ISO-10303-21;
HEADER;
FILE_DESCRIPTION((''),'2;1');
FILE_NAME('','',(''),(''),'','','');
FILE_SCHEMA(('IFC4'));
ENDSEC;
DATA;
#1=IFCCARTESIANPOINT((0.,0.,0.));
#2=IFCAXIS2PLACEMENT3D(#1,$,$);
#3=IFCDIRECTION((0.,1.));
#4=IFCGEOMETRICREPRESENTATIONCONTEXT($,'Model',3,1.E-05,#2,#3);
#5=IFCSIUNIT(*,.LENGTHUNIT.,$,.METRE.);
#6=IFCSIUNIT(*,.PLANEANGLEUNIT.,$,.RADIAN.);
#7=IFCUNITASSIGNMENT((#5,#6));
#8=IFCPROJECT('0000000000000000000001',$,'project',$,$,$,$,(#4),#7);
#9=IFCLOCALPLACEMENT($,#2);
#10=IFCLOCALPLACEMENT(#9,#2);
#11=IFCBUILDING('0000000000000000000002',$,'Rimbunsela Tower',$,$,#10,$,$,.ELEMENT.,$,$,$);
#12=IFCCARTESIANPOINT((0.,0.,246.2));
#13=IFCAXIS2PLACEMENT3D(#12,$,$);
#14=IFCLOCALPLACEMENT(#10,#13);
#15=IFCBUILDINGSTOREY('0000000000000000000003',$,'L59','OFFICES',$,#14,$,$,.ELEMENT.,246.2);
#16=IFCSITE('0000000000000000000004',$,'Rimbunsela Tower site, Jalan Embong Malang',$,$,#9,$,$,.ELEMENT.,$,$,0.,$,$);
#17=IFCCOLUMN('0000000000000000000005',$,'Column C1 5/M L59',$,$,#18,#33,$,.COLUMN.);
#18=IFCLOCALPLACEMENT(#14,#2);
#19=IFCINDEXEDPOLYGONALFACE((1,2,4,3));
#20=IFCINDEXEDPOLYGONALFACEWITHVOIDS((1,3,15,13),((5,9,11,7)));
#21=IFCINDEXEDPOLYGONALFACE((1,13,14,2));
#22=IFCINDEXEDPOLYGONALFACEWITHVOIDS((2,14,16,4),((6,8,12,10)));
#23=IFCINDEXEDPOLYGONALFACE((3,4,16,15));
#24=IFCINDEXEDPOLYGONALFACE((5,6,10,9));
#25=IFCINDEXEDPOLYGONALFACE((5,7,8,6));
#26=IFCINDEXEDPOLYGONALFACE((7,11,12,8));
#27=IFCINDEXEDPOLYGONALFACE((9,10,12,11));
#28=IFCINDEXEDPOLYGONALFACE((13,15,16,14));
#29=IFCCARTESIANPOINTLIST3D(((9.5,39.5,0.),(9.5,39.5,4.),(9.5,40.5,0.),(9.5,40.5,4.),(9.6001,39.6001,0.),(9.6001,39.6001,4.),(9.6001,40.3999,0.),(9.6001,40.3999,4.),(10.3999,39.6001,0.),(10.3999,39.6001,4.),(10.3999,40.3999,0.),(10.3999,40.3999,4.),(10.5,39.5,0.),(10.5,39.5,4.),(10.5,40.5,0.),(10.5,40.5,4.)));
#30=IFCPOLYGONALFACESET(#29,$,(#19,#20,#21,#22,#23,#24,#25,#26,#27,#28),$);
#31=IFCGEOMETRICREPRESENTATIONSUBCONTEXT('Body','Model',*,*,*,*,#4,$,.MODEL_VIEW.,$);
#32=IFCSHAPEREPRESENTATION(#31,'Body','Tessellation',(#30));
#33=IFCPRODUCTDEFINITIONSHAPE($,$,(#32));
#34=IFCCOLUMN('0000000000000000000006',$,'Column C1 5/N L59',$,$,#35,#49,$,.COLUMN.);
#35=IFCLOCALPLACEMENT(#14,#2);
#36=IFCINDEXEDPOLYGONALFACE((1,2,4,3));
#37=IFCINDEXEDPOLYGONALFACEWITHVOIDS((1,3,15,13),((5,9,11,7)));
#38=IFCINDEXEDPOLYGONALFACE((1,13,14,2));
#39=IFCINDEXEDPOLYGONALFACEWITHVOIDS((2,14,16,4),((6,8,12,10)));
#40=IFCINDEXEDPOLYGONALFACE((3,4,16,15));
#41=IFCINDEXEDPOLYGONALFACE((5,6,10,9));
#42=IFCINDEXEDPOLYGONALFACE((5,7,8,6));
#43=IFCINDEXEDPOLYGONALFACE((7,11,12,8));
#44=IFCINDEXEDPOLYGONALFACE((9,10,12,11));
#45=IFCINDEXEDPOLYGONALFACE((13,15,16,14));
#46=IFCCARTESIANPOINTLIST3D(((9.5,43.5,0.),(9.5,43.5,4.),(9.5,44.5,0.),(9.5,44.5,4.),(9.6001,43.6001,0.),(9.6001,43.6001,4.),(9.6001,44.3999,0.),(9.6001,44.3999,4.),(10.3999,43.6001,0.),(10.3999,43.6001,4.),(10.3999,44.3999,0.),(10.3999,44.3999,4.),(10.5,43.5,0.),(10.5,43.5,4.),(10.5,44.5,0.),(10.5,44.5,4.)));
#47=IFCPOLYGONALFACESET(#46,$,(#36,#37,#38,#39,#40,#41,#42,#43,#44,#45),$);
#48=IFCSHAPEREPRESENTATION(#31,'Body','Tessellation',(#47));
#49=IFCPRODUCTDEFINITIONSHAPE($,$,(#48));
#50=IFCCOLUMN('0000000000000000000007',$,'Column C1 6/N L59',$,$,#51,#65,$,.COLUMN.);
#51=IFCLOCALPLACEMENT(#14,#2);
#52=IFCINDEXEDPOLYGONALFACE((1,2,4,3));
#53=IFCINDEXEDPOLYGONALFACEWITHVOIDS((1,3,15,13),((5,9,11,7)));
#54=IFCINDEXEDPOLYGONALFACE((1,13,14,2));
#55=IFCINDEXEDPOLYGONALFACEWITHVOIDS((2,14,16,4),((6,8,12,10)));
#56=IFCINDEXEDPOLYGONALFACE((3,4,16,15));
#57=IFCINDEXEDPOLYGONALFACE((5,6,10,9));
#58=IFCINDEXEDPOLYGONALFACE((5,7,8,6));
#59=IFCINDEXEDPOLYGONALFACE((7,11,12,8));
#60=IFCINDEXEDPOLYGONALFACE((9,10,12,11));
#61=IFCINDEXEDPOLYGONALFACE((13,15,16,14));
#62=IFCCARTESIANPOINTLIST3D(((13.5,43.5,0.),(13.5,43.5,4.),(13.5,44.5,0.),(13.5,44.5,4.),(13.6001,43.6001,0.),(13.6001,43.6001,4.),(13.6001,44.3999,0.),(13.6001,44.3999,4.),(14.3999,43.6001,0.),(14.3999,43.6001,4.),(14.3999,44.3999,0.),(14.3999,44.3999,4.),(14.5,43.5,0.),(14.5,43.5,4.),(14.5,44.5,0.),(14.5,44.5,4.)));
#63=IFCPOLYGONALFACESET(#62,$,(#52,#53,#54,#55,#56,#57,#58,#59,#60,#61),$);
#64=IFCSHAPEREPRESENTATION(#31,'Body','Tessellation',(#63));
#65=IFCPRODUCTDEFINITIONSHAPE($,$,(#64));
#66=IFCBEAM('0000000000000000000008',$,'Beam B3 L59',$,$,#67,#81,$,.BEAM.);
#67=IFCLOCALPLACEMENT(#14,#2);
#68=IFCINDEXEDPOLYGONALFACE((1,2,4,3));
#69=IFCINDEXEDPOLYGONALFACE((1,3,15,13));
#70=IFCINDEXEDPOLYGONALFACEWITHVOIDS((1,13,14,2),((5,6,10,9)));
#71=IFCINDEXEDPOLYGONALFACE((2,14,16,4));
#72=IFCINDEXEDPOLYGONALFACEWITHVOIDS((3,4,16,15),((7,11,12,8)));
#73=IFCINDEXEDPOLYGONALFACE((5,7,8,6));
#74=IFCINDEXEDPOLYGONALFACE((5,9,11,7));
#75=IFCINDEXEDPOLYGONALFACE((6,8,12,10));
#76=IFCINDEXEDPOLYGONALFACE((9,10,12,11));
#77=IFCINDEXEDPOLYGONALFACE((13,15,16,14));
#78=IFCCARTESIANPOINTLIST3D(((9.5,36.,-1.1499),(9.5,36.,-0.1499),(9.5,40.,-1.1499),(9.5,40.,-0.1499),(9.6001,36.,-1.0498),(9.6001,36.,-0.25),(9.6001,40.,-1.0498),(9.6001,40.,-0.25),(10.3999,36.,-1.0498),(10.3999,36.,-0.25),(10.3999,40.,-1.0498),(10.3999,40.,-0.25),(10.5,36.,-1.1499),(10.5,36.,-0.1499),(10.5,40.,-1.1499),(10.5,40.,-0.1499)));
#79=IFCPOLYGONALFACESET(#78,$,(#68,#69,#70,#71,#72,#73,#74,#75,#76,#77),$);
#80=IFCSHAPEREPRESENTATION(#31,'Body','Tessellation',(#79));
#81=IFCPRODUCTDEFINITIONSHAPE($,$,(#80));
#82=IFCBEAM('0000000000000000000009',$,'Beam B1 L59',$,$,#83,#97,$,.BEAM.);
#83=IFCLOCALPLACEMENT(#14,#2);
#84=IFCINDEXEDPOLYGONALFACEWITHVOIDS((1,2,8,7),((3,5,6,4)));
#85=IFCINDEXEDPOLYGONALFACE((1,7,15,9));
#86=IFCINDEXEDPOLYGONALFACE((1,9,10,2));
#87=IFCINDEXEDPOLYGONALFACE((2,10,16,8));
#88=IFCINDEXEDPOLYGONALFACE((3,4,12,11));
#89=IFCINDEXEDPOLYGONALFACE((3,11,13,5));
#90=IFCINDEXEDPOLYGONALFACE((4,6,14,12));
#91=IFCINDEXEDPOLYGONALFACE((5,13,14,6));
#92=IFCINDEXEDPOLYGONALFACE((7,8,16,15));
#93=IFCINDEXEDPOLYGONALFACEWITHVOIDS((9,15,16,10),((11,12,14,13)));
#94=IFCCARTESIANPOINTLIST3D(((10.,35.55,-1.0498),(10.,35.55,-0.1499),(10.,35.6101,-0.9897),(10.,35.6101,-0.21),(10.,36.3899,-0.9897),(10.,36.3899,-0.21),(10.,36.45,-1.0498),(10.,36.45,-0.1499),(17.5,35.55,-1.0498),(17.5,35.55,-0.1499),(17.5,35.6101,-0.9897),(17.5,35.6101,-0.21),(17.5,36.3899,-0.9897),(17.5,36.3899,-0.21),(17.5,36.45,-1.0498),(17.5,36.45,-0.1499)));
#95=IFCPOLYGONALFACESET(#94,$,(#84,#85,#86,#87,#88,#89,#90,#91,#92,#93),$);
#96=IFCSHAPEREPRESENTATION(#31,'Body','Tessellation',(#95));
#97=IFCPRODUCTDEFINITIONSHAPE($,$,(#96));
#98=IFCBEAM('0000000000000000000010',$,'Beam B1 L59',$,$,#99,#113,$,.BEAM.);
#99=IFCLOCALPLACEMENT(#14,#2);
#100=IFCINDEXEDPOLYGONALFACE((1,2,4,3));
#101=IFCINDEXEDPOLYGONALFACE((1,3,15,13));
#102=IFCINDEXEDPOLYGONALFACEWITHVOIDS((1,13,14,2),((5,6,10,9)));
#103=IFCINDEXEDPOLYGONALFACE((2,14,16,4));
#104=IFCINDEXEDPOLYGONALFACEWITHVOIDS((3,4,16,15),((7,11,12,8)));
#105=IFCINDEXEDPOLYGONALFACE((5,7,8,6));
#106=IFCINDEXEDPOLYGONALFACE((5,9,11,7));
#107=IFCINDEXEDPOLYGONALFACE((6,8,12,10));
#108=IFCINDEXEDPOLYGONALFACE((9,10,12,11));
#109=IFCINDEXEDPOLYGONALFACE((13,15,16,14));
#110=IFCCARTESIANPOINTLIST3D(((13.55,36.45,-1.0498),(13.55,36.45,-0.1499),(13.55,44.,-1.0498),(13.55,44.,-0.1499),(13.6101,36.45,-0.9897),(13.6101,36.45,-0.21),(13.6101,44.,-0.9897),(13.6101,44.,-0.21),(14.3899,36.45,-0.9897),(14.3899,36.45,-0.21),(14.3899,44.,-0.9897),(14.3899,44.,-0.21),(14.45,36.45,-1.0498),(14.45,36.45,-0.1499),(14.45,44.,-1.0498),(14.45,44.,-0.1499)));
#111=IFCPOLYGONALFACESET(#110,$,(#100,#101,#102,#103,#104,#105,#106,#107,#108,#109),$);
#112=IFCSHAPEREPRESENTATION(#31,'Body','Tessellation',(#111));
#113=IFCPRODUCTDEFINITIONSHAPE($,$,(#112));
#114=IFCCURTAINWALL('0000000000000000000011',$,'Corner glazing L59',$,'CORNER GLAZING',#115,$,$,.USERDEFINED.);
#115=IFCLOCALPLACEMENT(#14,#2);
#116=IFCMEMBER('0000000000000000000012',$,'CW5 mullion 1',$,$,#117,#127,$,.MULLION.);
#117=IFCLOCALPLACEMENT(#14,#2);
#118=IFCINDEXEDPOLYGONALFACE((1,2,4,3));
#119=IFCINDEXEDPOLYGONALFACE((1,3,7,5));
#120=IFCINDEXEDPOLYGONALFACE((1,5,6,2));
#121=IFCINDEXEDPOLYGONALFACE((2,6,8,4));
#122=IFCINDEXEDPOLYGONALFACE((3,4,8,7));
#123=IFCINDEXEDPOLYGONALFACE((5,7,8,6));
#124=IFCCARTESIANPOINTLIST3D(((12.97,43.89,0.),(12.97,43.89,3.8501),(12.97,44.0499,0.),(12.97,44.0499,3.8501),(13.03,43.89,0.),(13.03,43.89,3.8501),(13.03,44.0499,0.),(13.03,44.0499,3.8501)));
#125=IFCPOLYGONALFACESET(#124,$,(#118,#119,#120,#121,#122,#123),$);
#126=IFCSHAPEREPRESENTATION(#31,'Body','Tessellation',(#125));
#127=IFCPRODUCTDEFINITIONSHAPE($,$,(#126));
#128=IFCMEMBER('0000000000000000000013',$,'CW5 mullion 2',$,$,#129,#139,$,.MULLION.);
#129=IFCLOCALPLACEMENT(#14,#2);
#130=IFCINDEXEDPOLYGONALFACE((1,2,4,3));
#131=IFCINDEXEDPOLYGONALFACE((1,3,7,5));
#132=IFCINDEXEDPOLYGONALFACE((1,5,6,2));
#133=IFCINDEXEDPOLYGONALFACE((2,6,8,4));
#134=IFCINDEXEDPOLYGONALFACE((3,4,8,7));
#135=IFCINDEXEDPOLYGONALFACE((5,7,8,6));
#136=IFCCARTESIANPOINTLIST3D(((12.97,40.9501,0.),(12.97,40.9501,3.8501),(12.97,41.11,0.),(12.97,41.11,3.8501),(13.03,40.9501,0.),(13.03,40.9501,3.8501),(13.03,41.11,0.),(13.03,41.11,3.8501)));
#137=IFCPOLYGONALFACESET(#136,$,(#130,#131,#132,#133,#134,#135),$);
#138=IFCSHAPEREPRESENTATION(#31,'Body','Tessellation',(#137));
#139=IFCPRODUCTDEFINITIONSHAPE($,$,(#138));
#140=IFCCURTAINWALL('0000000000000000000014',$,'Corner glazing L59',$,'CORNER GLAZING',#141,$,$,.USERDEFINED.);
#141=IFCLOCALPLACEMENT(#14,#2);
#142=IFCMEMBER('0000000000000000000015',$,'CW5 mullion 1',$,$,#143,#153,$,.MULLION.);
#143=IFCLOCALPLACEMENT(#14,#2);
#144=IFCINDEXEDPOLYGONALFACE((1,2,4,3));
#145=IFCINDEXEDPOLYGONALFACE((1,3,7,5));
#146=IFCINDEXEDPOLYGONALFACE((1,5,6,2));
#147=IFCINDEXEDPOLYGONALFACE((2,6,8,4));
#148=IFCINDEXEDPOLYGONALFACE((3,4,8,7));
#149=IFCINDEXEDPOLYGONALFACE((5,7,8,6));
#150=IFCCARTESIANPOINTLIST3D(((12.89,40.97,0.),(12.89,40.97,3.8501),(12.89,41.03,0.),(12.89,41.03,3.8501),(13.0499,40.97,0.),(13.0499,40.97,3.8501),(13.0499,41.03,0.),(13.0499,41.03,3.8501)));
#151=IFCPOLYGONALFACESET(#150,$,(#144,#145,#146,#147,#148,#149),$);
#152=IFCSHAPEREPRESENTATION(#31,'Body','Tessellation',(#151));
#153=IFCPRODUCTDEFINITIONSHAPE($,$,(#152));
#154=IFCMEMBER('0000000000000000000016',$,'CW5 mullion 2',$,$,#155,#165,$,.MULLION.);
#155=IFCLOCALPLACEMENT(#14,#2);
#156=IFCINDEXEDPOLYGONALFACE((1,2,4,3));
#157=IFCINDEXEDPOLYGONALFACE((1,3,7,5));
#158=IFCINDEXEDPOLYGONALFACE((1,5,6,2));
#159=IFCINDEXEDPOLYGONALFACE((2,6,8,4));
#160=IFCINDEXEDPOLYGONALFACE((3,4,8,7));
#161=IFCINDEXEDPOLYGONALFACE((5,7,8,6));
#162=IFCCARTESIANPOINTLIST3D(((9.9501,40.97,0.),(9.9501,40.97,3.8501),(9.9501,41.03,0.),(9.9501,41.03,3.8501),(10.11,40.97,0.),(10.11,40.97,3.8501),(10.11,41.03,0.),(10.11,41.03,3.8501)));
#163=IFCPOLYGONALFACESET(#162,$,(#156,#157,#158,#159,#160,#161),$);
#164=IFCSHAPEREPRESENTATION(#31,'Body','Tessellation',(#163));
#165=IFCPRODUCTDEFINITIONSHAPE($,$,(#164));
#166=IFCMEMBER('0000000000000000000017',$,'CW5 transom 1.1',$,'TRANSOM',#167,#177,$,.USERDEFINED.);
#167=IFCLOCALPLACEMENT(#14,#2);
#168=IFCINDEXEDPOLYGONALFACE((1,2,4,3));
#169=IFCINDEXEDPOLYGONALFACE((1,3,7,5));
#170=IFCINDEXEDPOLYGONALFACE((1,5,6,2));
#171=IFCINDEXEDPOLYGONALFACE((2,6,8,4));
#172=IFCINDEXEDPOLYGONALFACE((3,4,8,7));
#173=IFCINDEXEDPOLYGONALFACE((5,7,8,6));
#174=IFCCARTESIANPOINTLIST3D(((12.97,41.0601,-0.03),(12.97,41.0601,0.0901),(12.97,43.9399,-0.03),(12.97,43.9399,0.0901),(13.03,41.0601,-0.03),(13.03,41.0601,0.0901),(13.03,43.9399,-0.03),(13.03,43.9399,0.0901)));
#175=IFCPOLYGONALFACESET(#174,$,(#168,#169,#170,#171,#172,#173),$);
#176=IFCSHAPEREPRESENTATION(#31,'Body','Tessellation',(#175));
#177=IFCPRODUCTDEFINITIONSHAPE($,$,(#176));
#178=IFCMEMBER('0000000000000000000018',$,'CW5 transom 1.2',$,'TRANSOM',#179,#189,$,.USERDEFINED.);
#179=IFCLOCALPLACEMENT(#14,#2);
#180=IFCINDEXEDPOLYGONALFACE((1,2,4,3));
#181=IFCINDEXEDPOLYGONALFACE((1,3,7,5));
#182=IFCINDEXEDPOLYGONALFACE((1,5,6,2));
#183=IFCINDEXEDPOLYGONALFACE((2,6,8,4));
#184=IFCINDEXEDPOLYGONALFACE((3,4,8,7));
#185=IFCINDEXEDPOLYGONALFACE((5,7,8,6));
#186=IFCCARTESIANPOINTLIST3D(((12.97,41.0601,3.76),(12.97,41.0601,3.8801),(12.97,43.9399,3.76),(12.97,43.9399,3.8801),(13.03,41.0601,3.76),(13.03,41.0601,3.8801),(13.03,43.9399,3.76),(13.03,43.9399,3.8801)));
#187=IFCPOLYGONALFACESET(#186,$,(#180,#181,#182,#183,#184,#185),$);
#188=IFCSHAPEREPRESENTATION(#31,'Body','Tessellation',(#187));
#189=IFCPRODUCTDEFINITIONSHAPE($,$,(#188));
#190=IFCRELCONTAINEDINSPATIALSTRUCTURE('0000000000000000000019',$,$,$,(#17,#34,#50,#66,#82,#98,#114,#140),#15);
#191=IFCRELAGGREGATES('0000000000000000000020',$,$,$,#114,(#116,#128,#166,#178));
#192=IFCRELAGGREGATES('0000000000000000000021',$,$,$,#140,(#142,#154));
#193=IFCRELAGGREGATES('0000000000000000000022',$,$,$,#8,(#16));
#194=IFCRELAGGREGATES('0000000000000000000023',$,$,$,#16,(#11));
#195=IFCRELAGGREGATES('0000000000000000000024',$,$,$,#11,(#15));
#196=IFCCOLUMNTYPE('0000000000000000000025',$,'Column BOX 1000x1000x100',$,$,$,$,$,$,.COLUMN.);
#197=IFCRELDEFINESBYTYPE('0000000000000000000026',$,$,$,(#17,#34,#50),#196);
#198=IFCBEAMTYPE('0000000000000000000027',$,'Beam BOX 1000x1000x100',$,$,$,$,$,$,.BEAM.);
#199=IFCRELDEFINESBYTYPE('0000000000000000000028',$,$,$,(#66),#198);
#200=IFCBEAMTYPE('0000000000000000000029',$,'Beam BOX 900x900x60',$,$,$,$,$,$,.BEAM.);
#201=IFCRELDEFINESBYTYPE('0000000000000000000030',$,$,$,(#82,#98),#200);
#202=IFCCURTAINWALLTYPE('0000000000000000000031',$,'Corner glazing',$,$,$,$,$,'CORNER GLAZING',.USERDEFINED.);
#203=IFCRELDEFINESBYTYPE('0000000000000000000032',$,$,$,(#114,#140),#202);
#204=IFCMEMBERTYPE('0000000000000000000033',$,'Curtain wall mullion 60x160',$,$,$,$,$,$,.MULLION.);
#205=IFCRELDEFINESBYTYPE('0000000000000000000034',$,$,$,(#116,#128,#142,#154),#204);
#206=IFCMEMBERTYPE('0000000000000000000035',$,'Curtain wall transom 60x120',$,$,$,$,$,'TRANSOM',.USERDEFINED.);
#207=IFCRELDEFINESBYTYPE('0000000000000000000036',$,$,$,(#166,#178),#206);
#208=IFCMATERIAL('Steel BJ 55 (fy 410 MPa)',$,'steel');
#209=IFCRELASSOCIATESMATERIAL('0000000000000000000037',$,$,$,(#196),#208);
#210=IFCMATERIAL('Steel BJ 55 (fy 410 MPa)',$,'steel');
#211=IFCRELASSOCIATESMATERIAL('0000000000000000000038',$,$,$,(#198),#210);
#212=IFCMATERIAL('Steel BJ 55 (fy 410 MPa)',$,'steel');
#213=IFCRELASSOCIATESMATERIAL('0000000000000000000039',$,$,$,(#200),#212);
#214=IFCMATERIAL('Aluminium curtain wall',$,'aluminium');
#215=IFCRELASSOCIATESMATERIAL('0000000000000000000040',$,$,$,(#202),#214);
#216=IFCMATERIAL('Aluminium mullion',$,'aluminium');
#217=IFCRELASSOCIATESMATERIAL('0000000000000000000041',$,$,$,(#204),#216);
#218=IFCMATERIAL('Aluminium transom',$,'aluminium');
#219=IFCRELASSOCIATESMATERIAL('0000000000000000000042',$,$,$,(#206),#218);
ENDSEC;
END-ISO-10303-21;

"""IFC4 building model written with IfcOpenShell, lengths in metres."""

from ifc_helpers import new_model, si_unit, direction, frame, origin, origin_2d, place, context, subcontext, project, spatial, rectangle, hollow_rectangle, extrude, material, material_profile, profile_set, type_object, element, aggregate, save


model = new_model("IFC4")

# Units and contexts
model_context = context("Model", 3, precision=1e-05, world=origin(), true_north=direction((0.0, 1.0)))
body_context = subcontext(model_context, "Body", "Model", "MODEL_VIEW")
ifc_project = project(units=[si_unit("LENGTHUNIT", "METRE"), si_unit("PLANEANGLEUNIT", "RADIAN")], contexts=[model_context])

# Site, building, storey
site_placement = place(None, origin())
site = spatial("IfcSite", under=ifc_project, at=site_placement, Name="Rimbunsela Tower site, Jalan Embong Malang", CompositionType="ELEMENT", RefElevation=0.0)
building_placement = place(site_placement, origin())
building = spatial("IfcBuilding", under=site, at=building_placement, Name="Rimbunsela Tower", CompositionType="ELEMENT")
storey_placement = place(building_placement, frame((0.0, 0.0, 246.2)))
storey = spatial("IfcBuildingStorey", under=building, at=storey_placement, Name="L59", Description="OFFICES", CompositionType="ELEMENT", Elevation=246.2)

# Columns
ifc_material_1 = material(Name="Steel BJ 55 (fy 410 MPa)", Category="steel")
ifc_material_profile_1 = material_profile(ifc_material_1, hollow_rectangle(XDim=1.0, YDim=1.0, WallThickness=0.1001, at=origin_2d()), Name="BOX 1000x1000x100")
ifc_profile_set_1 = profile_set([ifc_material_profile_1], Name="Steel BJ 55 (fy 410 MPa)")
column_type = type_object("IfcColumnType", Name="Column BOX 1000x1000x100", PredefinedType="COLUMN", material=ifc_profile_set_1)
for number, where, z_axis, x_axis, name in (
    (1, (10.0, 40.0, 0.0), (0.0, 0.0, 1.0), (1.0, 0.0, 0.0), "Column C1 5/M L59"),
    (2, (10.0, 44.0, 0.0), (0.0, 0.0, 1.0), (1.0, 0.0, 0.0), "Column C1 5/N L59"),
    (3, (14.0, 44.0, 0.0), (0.0, 0.0, 1.0), (1.0, 0.0, 0.0), "Column C1 6/N L59"),
):
    element("IfcColumn", number, at=place(storey_placement, frame(where, z_axis=z_axis, x_axis=x_axis)), inside=storey, type_object=column_type, Name=name, PredefinedType="COLUMN", context=body_context, shape_type="SweptSolid", body=[
        extrude(hollow_rectangle(XDim=1.0, YDim=1.0, WallThickness=0.1001, at=origin_2d()), origin(), (0.0, 0.0, 1.0), 4.0),
    ])

# Beams
ifc_material_2 = material(Name="Steel BJ 55 (fy 410 MPa)", Category="steel")
ifc_material_profile_2 = material_profile(ifc_material_2, hollow_rectangle(XDim=1.0, YDim=1.0, WallThickness=0.1001, at=origin_2d()), Name="BOX 1000x1000x100")
ifc_profile_set_2 = profile_set([ifc_material_profile_2], Name="Steel BJ 55 (fy 410 MPa)")
beam_type_1 = type_object("IfcBeamType", Name="Beam BOX 1000x1000x100", PredefinedType="BEAM", material=ifc_profile_set_2)
beam_1_placement = place(storey_placement, frame((10.0, 36.0, -0.6499), z_axis=(0.0, 1.0, 0.0), x_axis=(-1.0, 0.0, 0.0)))
element("IfcBeam", 4, at=beam_1_placement, inside=storey, type_object=beam_type_1, Name="Beam B3 L59", PredefinedType="BEAM", context=body_context, shape_type="SweptSolid", body=[
    extrude(hollow_rectangle(XDim=1.0, YDim=1.0, WallThickness=0.1001, at=origin_2d()), origin(), (0.0, 0.0, 1.0), 4.0),
])
ifc_material_3 = material(Name="Steel BJ 55 (fy 410 MPa)", Category="steel")
ifc_material_profile_3 = material_profile(ifc_material_3, hollow_rectangle(XDim=0.8999, YDim=0.8999, WallThickness=0.0601, at=origin_2d()), Name="BOX 900x900x60")
ifc_profile_set_3 = profile_set([ifc_material_profile_3], Name="Steel BJ 55 (fy 410 MPa)")
beam_type_2 = type_object("IfcBeamType", Name="Beam BOX 900x900x60", PredefinedType="BEAM", material=ifc_profile_set_3)
beam_2_placement = place(storey_placement, frame((10.0, 36.0, -0.5999), z_axis=(1.0, 0.0, 0.0), x_axis=(0.0, 1.0, 0.0)))
element("IfcBeam", 5, at=beam_2_placement, inside=storey, type_object=beam_type_2, Name="Beam B1 L59", PredefinedType="BEAM", context=body_context, shape_type="SweptSolid", body=[
    extrude(hollow_rectangle(XDim=0.8999, YDim=0.8999, WallThickness=0.0601, at=origin_2d()), origin(), (0.0, 0.0, 1.0), 7.5),
])
beam_3_placement = place(storey_placement, frame((14.0, 36.45, -0.5999), z_axis=(0.0, 1.0, 0.0), x_axis=(-1.0, 0.0, 0.0)))
element("IfcBeam", 6, at=beam_3_placement, inside=storey, type_object=beam_type_2, Name="Beam B1 L59", PredefinedType="BEAM", context=body_context, shape_type="SweptSolid", body=[
    extrude(hollow_rectangle(XDim=0.8999, YDim=0.8999, WallThickness=0.0601, at=origin_2d()), origin(), (0.0, 0.0, 1.0), 7.55),
])

# Curtain walls, members
ifc_material_4 = material(Name="Aluminium curtain wall", Category="aluminium")
curtain_wall_type = type_object("IfcCurtainWallType", Name="Corner glazing", ElementType="CORNER GLAZING", PredefinedType="USERDEFINED", material=ifc_material_4)
curtain_wall_1_placement = place(storey_placement, origin())
curtain_wall_1 = element("IfcCurtainWall", 7, at=curtain_wall_1_placement, inside=storey, type_object=curtain_wall_type, Name="Corner glazing L59", ObjectType="CORNER GLAZING", PredefinedType="USERDEFINED")
ifc_material_5 = material(Name="Aluminium mullion", Category="aluminium")
ifc_material_profile_4 = material_profile(ifc_material_5, rectangle(XDim=0.0601, YDim=0.1599, at=origin_2d()), Name="Mullion 60x160")
ifc_profile_set_4 = profile_set([ifc_material_profile_4], Name="Aluminium mullion")
member_type_1 = type_object("IfcMemberType", Name="Curtain wall mullion 60x160", PredefinedType="MULLION", material=ifc_profile_set_4)
member_1_placement = place(storey_placement, frame((13.0, 43.97, 0.0), z_axis=(0.0, 0.0, 1.0), x_axis=(1.0, 0.0, 0.0)))
member_1 = element("IfcMember", 8, at=member_1_placement, type_object=member_type_1, Name="CW5 mullion 1", PredefinedType="MULLION", context=body_context, shape_type="SweptSolid", body=[
    extrude(rectangle(XDim=0.0601, YDim=0.1599, at=origin_2d()), origin(), (0.0, 0.0, 1.0), 3.8501),
])
member_2_placement = place(storey_placement, frame((13.0, 41.03, 0.0), z_axis=(0.0, 0.0, 1.0), x_axis=(1.0, 0.0, 0.0)))
member_2 = element("IfcMember", 9, at=member_2_placement, type_object=member_type_1, Name="CW5 mullion 2", PredefinedType="MULLION", context=body_context, shape_type="SweptSolid", body=[
    extrude(rectangle(XDim=0.0601, YDim=0.1599, at=origin_2d()), origin(), (0.0, 0.0, 1.0), 3.8501),
])
curtain_wall_2_placement = place(storey_placement, origin())
curtain_wall_2 = element("IfcCurtainWall", 10, at=curtain_wall_2_placement, inside=storey, type_object=curtain_wall_type, Name="Corner glazing L59", ObjectType="CORNER GLAZING", PredefinedType="USERDEFINED")
member_3_placement = place(storey_placement, frame((12.97, 41.0, 0.0), z_axis=(0.0, 0.0, 1.0), x_axis=(0.0, -1.0, 0.0)))
member_3 = element("IfcMember", 11, at=member_3_placement, type_object=member_type_1, Name="CW5 mullion 1", PredefinedType="MULLION", context=body_context, shape_type="SweptSolid", body=[
    extrude(rectangle(XDim=0.0601, YDim=0.1599, at=origin_2d()), origin(), (0.0, 0.0, 1.0), 3.8501),
])
member_4_placement = place(storey_placement, frame((10.03, 41.0, 0.0), z_axis=(0.0, 0.0, 1.0), x_axis=(0.0, -1.0, 0.0)))
member_4 = element("IfcMember", 12, at=member_4_placement, type_object=member_type_1, Name="CW5 mullion 2", PredefinedType="MULLION", context=body_context, shape_type="SweptSolid", body=[
    extrude(rectangle(XDim=0.0601, YDim=0.1599, at=origin_2d()), origin(), (0.0, 0.0, 1.0), 3.8501),
])

# Members
ifc_material_6 = material(Name="Aluminium transom", Category="aluminium")
ifc_material_profile_5 = material_profile(ifc_material_6, rectangle(XDim=0.0601, YDim=0.1201, at=origin_2d()), Name="Transom 60x120")
ifc_profile_set_5 = profile_set([ifc_material_profile_5], Name="Aluminium transom")
member_type_2 = type_object("IfcMemberType", Name="Curtain wall transom 60x120", ElementType="TRANSOM", PredefinedType="USERDEFINED", material=ifc_profile_set_5)
member_5_placement = place(storey_placement, frame((13.0, 43.9399, 0.03), z_axis=(0.0, -1.0, 0.0), x_axis=(1.0, 0.0, 0.0)))
member_5 = element("IfcMember", 13, at=member_5_placement, type_object=member_type_2, Name="CW5 transom 1.1", ObjectType="TRANSOM", PredefinedType="USERDEFINED", context=body_context, shape_type="SweptSolid", body=[
    extrude(rectangle(XDim=0.0601, YDim=0.1201, at=origin_2d()), origin(), (0.0, 0.0, 1.0), 2.8799),
])
member_6_placement = place(storey_placement, frame((13.0, 43.9399, 3.8201), z_axis=(0.0, -1.0, 0.0), x_axis=(1.0, 0.0, 0.0)))
member_6 = element("IfcMember", 14, at=member_6_placement, type_object=member_type_2, Name="CW5 transom 1.2", ObjectType="TRANSOM", PredefinedType="USERDEFINED", context=body_context, shape_type="SweptSolid", body=[
    extrude(rectangle(XDim=0.0601, YDim=0.1201, at=origin_2d()), origin(), (0.0, 0.0, 1.0), 2.8799),
])

aggregate(curtain_wall_1, [member_1, member_2, member_5, member_6])
aggregate(curtain_wall_2, [member_3, member_4])

save(model, "model.ifc")
